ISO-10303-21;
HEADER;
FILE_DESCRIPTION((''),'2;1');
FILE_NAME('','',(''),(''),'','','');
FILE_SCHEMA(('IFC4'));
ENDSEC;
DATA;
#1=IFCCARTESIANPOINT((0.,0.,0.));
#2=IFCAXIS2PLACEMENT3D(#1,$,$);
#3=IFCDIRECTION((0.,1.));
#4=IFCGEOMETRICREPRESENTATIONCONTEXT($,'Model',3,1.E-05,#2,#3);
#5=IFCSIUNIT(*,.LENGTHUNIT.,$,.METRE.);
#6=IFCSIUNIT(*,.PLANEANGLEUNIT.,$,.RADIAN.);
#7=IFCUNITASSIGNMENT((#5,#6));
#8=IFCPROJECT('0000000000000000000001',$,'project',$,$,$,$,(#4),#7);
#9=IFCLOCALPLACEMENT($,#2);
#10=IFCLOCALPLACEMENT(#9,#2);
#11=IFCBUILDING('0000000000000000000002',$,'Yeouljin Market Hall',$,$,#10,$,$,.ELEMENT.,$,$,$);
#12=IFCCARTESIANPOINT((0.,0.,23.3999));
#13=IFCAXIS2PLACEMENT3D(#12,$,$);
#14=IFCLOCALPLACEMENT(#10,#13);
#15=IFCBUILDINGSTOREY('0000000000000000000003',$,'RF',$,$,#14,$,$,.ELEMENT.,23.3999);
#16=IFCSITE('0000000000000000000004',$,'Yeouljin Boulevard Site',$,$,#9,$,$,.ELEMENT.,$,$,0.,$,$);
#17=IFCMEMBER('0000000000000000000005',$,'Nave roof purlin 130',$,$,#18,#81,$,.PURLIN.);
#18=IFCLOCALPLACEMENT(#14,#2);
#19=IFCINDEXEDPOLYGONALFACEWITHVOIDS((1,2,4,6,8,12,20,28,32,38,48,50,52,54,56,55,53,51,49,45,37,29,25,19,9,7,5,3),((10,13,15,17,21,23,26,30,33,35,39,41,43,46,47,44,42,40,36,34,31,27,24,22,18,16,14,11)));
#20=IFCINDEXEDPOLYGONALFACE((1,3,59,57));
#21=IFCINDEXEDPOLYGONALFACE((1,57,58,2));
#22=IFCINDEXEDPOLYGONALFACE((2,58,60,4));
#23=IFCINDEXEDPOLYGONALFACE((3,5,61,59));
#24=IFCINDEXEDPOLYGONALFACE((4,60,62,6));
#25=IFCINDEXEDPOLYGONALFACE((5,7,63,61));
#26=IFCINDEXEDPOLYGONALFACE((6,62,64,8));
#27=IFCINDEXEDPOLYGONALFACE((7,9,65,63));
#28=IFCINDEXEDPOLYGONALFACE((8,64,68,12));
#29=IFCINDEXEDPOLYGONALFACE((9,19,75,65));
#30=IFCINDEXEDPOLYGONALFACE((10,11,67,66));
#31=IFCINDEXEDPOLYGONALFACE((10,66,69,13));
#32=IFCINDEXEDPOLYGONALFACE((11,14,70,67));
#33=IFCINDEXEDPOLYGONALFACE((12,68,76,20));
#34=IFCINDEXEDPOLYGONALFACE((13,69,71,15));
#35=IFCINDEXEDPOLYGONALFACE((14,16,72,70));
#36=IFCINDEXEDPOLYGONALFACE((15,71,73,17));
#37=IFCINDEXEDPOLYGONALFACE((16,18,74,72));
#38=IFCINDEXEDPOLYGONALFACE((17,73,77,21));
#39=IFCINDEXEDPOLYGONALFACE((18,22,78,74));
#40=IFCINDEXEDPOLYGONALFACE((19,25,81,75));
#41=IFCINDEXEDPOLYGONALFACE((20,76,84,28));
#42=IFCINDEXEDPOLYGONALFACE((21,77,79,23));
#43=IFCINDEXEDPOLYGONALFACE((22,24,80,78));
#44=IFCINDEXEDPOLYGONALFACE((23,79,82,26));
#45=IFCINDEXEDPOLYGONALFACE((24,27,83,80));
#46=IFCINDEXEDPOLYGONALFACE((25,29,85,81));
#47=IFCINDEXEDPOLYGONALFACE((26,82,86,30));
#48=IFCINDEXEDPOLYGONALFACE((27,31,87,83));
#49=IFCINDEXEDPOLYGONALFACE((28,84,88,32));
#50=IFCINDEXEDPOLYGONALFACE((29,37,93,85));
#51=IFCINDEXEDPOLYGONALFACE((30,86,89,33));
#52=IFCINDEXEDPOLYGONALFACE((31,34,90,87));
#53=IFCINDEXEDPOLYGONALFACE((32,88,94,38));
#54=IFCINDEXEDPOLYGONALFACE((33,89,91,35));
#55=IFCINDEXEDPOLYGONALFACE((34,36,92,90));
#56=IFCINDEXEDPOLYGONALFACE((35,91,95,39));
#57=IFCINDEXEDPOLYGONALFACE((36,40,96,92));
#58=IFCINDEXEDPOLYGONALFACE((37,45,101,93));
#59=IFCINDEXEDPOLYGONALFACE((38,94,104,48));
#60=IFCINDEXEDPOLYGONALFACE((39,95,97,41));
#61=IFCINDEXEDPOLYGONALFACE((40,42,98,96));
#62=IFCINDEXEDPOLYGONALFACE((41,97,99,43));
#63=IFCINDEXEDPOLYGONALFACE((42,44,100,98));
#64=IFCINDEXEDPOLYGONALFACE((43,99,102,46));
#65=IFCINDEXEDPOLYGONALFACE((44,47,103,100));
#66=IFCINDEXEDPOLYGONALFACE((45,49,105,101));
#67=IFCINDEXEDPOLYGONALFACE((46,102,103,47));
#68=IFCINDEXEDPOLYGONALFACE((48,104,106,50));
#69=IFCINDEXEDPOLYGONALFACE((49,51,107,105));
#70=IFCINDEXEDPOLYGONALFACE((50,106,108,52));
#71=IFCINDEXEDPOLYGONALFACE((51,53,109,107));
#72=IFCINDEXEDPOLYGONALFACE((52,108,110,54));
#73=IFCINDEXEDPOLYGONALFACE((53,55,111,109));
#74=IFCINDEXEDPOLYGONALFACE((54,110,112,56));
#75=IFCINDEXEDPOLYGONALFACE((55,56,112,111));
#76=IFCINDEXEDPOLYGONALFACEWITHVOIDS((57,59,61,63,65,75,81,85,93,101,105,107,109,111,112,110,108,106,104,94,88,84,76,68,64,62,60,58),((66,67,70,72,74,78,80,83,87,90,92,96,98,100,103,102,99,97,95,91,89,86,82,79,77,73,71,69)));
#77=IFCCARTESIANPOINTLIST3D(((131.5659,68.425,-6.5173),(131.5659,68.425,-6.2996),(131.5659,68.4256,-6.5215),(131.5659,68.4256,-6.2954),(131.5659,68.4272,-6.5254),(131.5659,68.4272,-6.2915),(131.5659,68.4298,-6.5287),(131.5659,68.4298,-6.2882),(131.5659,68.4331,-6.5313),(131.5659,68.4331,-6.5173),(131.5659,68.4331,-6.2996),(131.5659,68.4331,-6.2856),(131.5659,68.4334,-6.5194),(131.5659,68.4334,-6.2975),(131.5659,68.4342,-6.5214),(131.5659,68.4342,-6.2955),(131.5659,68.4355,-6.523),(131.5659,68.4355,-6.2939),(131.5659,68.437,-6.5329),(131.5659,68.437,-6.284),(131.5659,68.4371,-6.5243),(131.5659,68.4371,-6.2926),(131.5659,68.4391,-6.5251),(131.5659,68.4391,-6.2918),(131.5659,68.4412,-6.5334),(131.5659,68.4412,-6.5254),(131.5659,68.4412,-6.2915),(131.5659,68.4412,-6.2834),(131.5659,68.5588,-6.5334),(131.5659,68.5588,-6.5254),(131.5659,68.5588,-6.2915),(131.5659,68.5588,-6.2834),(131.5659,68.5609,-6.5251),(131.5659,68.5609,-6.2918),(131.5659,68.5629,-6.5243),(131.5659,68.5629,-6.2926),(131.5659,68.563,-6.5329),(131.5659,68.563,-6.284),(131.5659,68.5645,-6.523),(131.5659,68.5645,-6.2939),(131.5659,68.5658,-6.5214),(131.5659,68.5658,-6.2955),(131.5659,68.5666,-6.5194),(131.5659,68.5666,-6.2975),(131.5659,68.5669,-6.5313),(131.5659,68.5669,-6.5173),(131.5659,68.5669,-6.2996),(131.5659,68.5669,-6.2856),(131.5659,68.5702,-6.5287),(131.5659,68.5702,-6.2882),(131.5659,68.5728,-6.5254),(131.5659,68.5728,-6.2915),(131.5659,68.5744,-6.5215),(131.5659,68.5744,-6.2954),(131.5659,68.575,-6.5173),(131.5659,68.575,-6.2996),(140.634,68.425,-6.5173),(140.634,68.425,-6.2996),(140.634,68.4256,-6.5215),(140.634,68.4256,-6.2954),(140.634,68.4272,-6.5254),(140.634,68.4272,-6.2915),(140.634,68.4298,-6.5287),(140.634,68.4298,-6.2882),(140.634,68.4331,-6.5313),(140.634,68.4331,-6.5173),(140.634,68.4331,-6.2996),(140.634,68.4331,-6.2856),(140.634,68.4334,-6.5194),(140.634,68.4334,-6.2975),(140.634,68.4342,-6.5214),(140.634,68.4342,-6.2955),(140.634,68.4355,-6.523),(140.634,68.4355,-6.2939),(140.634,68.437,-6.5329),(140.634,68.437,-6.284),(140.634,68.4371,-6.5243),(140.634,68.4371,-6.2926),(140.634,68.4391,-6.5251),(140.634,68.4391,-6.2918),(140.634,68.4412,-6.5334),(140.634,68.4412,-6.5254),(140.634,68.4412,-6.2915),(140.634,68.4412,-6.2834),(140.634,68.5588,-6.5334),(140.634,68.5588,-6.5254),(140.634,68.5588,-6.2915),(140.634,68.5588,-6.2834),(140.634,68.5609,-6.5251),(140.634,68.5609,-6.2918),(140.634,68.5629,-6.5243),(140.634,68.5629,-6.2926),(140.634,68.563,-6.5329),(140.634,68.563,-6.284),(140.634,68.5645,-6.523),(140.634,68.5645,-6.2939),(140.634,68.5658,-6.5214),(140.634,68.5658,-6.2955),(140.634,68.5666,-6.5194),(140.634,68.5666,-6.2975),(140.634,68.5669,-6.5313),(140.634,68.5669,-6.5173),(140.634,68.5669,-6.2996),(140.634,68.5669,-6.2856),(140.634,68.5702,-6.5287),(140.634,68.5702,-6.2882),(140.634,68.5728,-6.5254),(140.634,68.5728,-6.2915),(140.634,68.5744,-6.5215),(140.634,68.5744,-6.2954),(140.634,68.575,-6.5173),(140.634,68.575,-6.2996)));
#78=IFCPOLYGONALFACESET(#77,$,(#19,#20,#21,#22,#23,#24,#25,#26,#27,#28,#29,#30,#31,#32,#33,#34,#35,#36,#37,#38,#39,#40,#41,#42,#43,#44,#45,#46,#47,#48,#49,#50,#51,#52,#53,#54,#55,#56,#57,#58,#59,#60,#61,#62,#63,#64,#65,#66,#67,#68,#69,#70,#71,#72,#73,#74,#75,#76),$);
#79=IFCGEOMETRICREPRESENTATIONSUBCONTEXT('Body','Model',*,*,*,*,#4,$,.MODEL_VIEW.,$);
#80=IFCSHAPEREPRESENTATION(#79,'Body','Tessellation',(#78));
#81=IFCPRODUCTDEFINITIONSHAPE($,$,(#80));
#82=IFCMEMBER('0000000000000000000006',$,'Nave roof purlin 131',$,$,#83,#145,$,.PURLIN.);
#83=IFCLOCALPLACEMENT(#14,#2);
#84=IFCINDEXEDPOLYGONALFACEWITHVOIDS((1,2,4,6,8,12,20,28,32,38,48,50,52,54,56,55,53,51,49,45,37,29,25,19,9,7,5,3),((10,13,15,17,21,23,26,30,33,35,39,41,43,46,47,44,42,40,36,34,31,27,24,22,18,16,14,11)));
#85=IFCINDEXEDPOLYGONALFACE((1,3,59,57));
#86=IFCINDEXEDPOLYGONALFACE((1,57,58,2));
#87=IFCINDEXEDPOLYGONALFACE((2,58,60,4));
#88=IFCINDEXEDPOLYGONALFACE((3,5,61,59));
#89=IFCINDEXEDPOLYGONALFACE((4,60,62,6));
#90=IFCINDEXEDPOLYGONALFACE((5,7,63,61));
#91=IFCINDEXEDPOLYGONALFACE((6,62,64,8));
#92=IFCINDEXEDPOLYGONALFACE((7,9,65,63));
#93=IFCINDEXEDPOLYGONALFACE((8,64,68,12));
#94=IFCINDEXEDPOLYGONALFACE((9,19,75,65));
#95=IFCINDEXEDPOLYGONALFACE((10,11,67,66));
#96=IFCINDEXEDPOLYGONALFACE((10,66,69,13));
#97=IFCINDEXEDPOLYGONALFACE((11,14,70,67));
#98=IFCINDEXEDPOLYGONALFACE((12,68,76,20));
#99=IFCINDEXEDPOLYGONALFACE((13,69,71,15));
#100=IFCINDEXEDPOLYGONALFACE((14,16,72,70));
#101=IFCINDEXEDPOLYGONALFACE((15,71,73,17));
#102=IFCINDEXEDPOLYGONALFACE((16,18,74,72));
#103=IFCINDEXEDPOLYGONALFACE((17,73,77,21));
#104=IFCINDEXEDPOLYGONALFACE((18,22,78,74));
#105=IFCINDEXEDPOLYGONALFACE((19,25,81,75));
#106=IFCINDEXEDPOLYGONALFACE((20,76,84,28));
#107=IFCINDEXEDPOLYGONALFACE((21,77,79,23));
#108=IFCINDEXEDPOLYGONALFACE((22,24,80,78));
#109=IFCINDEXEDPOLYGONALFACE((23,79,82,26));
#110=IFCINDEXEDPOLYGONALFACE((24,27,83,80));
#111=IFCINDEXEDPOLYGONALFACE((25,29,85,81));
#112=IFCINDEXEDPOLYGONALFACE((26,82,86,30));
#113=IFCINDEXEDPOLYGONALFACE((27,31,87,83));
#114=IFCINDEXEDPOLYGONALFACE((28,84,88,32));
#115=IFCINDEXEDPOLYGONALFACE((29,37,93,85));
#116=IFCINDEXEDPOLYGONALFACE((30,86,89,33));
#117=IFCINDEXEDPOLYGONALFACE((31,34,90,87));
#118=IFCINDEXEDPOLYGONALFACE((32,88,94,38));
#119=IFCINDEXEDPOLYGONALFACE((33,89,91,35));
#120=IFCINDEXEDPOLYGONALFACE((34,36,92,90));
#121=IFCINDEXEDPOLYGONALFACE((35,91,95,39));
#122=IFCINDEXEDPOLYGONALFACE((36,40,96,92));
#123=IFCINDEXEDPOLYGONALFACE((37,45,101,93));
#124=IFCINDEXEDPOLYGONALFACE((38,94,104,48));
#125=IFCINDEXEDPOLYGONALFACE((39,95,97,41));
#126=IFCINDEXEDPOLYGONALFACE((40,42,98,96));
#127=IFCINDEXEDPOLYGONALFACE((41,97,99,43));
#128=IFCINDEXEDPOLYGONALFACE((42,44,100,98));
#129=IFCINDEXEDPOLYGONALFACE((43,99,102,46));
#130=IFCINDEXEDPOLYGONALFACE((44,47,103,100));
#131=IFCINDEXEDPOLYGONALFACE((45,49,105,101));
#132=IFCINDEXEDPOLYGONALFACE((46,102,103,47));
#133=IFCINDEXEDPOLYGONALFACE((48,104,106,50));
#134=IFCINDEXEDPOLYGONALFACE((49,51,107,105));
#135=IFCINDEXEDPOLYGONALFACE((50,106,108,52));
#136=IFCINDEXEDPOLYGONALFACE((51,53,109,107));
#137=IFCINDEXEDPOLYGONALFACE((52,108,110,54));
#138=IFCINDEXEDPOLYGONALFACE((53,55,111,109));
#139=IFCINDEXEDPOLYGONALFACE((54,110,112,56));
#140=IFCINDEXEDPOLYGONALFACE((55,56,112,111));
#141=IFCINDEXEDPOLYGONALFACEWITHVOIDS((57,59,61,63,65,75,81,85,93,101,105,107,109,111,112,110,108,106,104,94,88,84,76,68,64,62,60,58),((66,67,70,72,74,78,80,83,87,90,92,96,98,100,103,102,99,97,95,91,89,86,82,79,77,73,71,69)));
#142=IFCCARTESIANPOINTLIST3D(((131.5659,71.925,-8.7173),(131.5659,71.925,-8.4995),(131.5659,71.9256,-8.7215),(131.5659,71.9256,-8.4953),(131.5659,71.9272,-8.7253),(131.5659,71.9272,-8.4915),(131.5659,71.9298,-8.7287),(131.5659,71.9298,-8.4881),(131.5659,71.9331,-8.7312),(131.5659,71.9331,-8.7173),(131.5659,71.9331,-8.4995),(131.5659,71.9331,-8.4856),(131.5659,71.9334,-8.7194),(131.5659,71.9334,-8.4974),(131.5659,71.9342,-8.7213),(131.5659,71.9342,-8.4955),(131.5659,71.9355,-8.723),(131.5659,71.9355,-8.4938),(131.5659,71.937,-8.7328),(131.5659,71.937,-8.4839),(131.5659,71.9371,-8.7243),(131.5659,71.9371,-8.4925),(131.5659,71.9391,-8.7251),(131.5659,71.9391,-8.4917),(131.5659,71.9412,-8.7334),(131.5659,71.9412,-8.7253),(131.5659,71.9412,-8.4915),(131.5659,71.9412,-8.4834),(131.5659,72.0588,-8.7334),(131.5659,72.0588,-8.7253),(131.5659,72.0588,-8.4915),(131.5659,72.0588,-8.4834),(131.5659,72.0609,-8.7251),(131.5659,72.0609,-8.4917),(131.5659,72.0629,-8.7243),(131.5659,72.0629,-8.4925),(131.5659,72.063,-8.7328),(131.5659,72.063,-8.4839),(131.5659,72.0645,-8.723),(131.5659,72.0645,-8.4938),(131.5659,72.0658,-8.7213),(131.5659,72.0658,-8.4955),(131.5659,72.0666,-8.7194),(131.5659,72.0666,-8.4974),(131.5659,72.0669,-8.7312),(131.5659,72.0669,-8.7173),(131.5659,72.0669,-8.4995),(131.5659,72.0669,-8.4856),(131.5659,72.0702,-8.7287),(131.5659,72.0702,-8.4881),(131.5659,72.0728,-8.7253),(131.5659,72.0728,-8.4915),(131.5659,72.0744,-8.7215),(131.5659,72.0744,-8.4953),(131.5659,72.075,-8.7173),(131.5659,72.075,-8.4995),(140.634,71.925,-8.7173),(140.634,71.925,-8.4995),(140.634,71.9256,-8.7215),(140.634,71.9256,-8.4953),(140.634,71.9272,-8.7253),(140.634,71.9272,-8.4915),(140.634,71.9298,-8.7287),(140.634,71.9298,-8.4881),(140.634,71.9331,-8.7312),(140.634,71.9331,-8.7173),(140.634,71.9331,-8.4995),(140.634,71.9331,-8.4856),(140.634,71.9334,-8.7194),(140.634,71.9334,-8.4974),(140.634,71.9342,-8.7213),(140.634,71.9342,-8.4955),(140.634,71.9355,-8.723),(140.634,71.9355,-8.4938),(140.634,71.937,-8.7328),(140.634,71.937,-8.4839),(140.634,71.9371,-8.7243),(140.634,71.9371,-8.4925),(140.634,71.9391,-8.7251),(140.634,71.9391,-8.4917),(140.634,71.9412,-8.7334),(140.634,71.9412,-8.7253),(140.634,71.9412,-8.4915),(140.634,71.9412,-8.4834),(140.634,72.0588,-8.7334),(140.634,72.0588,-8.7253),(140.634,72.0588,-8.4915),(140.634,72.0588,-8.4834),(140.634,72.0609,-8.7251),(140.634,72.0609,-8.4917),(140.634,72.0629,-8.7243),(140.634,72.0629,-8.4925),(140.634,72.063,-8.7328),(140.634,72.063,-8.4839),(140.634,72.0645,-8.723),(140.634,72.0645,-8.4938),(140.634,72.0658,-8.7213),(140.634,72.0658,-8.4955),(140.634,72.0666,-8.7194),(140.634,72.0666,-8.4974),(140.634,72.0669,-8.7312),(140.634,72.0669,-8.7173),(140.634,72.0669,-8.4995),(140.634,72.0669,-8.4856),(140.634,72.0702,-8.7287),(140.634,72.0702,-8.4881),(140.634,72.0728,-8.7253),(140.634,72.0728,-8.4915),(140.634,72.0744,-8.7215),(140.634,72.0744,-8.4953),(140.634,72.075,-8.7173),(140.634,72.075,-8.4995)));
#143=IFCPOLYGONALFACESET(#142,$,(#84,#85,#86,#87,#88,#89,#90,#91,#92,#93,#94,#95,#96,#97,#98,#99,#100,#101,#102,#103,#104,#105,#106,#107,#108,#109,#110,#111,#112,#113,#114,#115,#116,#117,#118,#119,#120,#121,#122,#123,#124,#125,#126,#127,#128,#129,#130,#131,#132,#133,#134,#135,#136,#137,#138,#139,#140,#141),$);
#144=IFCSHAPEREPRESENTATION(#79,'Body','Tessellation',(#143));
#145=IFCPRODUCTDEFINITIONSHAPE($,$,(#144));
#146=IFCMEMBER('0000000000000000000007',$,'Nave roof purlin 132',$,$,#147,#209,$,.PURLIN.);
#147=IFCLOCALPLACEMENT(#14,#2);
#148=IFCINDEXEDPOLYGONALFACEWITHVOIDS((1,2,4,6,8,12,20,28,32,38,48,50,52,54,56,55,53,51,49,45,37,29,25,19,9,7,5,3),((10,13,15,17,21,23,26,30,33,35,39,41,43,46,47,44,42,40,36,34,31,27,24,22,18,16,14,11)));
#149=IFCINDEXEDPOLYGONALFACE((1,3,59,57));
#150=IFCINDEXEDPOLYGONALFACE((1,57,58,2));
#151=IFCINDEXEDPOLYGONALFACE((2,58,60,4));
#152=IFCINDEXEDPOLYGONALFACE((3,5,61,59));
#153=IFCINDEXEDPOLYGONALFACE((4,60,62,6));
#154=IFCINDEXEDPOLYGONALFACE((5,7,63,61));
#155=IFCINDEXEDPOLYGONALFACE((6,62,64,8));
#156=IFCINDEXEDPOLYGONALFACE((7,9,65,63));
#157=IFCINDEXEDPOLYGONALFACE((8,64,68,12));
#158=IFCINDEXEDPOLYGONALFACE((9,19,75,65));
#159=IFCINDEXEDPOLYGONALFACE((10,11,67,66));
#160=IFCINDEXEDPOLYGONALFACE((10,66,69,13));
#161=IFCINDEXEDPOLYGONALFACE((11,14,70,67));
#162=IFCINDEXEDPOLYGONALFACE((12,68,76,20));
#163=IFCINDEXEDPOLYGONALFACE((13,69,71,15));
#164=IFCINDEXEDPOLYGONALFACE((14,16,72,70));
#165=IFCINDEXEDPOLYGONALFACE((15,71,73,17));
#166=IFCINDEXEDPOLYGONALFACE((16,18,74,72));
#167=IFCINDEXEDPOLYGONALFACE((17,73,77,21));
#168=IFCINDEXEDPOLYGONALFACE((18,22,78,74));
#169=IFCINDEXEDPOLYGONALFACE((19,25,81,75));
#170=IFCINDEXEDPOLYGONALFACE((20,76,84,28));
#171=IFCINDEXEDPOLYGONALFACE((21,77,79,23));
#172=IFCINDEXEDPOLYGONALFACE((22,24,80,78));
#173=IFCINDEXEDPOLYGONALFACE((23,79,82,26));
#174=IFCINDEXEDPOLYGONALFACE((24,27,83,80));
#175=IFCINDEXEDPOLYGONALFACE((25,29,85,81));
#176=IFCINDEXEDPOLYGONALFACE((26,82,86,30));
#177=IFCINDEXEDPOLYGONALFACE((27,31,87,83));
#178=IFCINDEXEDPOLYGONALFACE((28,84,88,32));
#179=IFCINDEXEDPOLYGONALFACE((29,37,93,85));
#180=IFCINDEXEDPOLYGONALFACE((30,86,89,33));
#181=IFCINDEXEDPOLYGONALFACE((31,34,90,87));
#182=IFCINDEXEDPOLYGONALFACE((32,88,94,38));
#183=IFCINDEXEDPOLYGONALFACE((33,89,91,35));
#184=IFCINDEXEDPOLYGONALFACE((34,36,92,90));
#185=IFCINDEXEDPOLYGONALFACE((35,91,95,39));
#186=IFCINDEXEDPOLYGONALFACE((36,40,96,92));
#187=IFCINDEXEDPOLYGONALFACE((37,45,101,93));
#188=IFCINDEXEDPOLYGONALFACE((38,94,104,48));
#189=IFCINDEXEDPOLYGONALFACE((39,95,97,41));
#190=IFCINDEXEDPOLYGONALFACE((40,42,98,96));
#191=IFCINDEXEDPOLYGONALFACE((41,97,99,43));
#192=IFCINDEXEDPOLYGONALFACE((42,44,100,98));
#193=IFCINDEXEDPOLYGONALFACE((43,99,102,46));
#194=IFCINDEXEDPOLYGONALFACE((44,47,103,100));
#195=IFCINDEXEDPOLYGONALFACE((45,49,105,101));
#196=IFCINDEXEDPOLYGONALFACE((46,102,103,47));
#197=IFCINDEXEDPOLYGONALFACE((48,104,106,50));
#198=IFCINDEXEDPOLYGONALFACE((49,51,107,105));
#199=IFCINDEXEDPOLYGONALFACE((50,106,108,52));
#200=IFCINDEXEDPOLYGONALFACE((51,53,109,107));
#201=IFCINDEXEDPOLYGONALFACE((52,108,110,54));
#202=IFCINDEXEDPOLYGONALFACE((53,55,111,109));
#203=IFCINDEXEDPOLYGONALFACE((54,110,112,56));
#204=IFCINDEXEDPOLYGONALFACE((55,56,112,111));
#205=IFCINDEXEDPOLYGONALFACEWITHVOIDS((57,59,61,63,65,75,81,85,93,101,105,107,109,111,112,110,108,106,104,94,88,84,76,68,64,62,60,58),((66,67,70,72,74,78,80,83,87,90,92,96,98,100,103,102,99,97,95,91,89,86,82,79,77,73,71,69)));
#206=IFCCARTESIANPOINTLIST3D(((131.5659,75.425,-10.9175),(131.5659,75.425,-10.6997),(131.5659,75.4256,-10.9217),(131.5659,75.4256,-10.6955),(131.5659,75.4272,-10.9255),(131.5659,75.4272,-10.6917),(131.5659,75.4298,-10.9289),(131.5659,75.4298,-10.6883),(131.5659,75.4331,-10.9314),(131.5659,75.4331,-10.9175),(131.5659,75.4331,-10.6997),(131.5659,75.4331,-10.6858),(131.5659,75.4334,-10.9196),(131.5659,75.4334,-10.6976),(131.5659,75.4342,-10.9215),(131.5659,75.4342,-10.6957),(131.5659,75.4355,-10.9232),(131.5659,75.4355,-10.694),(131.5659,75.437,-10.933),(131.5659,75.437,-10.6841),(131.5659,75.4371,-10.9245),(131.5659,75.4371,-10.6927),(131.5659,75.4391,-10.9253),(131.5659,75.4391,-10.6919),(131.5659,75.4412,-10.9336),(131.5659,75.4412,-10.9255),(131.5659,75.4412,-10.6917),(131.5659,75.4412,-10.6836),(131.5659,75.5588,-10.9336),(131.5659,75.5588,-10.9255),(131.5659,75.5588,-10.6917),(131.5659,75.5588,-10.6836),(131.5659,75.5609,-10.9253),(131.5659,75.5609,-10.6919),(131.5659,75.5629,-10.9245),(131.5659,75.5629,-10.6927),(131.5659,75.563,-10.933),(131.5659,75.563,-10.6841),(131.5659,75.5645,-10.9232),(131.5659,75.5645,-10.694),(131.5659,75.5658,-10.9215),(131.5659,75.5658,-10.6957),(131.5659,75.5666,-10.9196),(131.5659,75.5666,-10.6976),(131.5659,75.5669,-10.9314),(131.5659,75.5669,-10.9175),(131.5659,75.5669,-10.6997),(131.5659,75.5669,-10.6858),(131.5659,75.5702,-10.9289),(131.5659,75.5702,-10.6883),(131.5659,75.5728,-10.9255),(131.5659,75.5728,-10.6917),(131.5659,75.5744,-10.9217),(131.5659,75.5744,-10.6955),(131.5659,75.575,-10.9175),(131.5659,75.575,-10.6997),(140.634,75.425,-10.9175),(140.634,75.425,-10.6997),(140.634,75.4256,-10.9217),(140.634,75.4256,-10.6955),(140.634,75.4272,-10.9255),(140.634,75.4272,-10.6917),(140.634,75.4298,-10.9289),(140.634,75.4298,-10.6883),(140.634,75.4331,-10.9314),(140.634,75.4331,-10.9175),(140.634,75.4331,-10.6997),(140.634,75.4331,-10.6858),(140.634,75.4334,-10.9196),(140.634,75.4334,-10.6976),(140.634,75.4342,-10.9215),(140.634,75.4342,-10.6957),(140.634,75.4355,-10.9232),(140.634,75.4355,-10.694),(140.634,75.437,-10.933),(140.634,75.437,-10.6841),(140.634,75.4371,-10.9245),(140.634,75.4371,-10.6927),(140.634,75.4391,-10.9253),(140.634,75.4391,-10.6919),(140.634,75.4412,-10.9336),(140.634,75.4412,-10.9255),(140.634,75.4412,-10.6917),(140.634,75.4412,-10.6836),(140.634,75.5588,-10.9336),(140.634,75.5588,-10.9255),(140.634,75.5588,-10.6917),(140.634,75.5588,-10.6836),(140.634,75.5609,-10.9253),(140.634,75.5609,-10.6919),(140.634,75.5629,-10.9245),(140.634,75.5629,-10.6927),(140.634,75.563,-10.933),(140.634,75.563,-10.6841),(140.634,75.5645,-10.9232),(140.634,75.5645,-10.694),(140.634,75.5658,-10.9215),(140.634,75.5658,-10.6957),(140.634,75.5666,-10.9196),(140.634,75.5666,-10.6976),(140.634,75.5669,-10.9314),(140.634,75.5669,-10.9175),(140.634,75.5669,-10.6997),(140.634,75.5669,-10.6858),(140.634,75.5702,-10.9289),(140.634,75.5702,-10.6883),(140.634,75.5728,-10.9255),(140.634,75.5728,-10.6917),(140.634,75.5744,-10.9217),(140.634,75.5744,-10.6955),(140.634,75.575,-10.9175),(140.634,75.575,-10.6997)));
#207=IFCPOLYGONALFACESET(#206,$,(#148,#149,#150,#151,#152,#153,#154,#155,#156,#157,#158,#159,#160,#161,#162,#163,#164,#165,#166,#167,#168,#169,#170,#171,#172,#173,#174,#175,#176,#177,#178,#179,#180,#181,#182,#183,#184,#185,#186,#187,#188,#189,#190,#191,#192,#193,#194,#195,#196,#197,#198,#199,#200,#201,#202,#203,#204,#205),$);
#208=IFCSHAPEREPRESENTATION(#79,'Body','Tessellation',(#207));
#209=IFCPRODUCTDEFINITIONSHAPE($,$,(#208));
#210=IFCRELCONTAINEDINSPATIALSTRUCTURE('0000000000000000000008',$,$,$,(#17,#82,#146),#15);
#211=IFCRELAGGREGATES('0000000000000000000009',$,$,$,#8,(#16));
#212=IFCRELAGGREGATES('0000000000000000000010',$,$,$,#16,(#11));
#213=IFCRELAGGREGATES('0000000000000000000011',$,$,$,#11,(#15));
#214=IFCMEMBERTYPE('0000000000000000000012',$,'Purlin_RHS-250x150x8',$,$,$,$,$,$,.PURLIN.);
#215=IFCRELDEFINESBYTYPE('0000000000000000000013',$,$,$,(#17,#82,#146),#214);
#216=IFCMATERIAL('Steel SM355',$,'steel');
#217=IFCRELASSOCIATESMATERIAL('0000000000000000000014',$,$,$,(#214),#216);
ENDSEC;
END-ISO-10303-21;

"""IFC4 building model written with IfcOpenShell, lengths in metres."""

from ifc_helpers import new_model, si_unit, direction, frame, origin, origin_2d, place, context, subcontext, project, spatial, hollow_rectangle, extrude, material, material_profile, profile_set, type_object, element, save


model = new_model("IFC4")

# Units and contexts
model_context = context("Model", 3, precision=1e-05, world=origin(), true_north=direction((0.0, 1.0)))
body_context = subcontext(model_context, "Body", "Model", "MODEL_VIEW")
ifc_project = project(units=[si_unit("LENGTHUNIT", "METRE"), si_unit("PLANEANGLEUNIT", "RADIAN")], contexts=[model_context])

# Site, building, storey
site_placement = place(None, origin())
site = spatial("IfcSite", under=ifc_project, at=site_placement, Name="Yeouljin Boulevard Site", CompositionType="ELEMENT", RefElevation=0.0)
building_placement = place(site_placement, origin())
building = spatial("IfcBuilding", under=site, at=building_placement, Name="Yeouljin Market Hall", CompositionType="ELEMENT")
storey_placement = place(building_placement, frame((0.0, 0.0, 23.3999)))
storey = spatial("IfcBuildingStorey", under=building, at=storey_placement, Name="RF", CompositionType="ELEMENT", Elevation=23.3999)

# Members
ifc_material_1 = material(Name="Steel SM355", Category="steel")
ifc_material_profile_1 = material_profile(ifc_material_1, hollow_rectangle(XDim=0.1499, YDim=0.25, WallThickness=0.0081, InnerFilletRadius=0.0081, OuterFilletRadius=0.0161, at=origin_2d()), Name="RHS-250x150x8")
ifc_profile_set_1 = profile_set([ifc_material_profile_1], Name="Steel SM355")
member_type_1 = type_object("IfcMemberType", Name="Purlin_RHS-250x150x8", PredefinedType="PURLIN", material=ifc_profile_set_1)
for number, where, z_axis, x_axis, name in (
    (1, (131.5659, 68.5, -6.4084), (1.0, 0.0, 0.0), (0.0, 1.0, 0.0), "Nave roof purlin 130"),
    (2, (131.5659, 72.0, -8.6084), (1.0, 0.0, 0.0), (0.0, 1.0, 0.0), "Nave roof purlin 131"),
    (3, (131.5659, 75.5, -10.8086), (1.0, 0.0, 0.0), (0.0, 1.0, 0.0), "Nave roof purlin 132"),
):
    element("IfcMember", number, at=place(storey_placement, frame(where, z_axis=z_axis, x_axis=x_axis)), inside=storey, type_object=member_type_1, Name=name, PredefinedType="PURLIN", context=body_context, shape_type="SweptSolid", body=[
        extrude(hollow_rectangle(XDim=0.1499, YDim=0.25, WallThickness=0.0081, InnerFilletRadius=0.0081, OuterFilletRadius=0.0161, at=origin_2d()), origin(), (0.0, 0.0, 1.0), 9.0681),
    ])

save(model, "model.ifc")
